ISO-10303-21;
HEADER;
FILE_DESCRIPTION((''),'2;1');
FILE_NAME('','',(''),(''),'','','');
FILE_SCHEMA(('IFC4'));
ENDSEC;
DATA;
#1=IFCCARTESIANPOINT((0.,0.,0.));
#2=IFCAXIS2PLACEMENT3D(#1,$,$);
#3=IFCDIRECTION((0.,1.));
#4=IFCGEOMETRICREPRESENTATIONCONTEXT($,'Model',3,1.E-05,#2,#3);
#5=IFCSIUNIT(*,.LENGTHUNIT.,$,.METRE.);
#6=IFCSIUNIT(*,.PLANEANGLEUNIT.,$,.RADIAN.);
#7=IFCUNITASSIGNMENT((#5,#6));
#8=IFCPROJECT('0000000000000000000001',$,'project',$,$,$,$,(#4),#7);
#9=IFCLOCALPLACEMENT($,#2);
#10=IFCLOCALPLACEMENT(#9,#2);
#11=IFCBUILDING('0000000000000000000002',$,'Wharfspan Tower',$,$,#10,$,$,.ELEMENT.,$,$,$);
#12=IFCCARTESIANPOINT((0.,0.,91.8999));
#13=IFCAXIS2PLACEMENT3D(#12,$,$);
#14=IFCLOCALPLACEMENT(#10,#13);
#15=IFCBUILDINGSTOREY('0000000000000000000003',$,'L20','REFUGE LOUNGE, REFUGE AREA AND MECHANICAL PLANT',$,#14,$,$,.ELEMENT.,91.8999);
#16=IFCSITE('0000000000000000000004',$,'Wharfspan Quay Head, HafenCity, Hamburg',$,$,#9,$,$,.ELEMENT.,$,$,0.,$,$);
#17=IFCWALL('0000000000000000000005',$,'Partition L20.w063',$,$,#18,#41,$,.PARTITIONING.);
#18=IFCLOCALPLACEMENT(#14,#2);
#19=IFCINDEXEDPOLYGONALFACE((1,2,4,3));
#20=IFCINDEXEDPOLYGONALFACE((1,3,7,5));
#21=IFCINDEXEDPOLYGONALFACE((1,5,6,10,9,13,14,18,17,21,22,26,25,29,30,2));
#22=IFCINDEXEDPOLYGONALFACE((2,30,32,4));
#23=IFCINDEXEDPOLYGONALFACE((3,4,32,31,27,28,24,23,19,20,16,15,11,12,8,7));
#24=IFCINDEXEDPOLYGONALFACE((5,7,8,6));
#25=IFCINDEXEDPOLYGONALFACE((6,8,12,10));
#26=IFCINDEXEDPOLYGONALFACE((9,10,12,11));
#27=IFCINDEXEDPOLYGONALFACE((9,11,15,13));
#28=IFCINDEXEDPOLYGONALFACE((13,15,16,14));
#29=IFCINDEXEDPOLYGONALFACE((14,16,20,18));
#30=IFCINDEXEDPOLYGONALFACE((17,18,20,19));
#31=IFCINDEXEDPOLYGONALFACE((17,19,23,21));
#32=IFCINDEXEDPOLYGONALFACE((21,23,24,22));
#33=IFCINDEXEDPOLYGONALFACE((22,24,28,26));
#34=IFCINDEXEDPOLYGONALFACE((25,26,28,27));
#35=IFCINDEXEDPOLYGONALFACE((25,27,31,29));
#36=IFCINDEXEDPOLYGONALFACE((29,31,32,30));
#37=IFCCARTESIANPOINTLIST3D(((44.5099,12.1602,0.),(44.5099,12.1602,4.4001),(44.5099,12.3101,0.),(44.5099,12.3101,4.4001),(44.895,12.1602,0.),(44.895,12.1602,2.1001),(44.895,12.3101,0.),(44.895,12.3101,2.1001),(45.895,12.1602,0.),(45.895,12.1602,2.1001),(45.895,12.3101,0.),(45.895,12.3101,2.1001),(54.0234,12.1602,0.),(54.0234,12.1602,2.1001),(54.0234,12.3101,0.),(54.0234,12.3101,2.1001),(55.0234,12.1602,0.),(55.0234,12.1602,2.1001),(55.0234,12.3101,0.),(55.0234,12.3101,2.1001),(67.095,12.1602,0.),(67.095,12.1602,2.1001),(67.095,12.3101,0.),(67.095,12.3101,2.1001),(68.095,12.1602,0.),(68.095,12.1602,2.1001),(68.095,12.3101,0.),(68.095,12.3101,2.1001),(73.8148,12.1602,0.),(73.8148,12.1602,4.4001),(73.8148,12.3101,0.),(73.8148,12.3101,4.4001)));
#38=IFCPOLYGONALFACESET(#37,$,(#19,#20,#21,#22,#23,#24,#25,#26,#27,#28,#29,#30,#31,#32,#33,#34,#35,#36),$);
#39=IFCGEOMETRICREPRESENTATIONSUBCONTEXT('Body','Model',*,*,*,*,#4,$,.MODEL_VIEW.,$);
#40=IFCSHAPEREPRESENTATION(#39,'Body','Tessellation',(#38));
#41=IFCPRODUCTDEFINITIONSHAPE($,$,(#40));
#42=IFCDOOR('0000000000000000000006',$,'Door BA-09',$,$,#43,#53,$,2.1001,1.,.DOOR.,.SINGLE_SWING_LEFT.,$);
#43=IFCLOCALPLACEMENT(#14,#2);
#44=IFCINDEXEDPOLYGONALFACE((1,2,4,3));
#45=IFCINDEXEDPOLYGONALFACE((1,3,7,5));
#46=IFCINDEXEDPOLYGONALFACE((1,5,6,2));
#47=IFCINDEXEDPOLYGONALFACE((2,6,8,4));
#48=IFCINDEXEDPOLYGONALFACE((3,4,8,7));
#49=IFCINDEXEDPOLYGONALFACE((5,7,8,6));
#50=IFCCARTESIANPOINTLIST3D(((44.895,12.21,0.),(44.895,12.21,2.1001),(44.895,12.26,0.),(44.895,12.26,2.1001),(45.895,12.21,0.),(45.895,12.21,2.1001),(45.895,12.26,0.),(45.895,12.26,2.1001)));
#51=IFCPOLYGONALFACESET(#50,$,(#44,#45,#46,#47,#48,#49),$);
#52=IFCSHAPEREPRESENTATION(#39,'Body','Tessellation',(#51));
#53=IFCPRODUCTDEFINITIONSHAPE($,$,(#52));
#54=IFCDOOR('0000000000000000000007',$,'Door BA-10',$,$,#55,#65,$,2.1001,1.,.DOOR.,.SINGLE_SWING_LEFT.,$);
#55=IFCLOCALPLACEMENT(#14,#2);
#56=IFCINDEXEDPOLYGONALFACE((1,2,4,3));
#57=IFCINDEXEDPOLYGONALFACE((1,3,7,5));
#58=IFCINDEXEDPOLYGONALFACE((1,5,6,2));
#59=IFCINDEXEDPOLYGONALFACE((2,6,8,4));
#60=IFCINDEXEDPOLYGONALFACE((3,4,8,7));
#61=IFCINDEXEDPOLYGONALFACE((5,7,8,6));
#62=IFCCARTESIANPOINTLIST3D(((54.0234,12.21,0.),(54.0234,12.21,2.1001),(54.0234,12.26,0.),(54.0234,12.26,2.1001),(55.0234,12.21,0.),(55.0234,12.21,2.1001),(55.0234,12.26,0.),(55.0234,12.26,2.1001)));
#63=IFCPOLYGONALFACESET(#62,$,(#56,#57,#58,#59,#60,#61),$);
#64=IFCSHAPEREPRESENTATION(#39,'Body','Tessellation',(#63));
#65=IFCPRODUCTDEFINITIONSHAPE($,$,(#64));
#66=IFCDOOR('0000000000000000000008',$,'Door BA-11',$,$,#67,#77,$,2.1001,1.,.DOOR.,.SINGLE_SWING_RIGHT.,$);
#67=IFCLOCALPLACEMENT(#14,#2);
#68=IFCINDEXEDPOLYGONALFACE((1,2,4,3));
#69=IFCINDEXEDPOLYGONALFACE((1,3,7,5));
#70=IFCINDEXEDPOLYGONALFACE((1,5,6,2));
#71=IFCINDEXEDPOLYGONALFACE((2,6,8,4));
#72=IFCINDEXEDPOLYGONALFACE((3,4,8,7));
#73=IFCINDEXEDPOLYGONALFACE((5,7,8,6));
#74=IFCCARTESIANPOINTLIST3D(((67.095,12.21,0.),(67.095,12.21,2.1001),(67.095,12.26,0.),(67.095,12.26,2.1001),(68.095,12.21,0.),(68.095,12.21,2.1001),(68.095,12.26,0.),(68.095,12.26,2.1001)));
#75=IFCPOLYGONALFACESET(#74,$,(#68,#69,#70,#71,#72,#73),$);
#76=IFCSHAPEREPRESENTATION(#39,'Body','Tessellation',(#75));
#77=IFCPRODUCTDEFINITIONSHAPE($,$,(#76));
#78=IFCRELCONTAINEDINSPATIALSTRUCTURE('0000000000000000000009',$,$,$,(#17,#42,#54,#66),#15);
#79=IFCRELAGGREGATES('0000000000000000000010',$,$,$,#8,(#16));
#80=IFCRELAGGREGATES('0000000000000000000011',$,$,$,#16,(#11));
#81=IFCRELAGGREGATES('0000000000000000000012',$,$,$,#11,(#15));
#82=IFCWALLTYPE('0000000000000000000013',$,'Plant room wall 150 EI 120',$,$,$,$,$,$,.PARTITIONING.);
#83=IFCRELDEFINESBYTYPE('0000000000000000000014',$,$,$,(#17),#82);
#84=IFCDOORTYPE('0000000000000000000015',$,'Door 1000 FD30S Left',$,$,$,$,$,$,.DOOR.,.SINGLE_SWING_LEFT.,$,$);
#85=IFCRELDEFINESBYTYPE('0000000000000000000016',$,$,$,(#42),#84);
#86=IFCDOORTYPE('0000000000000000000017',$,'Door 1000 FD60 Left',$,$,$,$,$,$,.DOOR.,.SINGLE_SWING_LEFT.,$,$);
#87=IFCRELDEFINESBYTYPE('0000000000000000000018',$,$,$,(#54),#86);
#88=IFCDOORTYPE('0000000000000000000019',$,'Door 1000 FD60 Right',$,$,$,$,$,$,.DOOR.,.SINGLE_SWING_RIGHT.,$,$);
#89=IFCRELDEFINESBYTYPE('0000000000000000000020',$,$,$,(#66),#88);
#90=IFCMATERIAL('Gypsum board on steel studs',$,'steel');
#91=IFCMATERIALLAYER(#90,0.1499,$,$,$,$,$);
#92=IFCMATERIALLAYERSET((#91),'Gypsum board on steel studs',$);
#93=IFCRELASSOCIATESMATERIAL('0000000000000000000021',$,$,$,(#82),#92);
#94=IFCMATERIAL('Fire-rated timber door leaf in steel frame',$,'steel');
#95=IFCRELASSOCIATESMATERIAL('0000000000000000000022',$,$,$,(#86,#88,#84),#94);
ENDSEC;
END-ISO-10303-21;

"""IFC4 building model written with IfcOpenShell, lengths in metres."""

from ifc_helpers import new_model, si_unit, direction, frame, frame_2d, origin, place, context, subcontext, project, spatial, rectangle, extrude, material, layer, layer_set, type_object, element, fill, save


model = new_model("IFC4")

# Units and contexts
model_context = context("Model", 3, precision=1e-05, world=origin(), true_north=direction((0.0, 1.0)))
body_context = subcontext(model_context, "Body", "Model", "MODEL_VIEW")
ifc_project = project(units=[si_unit("LENGTHUNIT", "METRE"), si_unit("PLANEANGLEUNIT", "RADIAN")], contexts=[model_context])

# Site, building, storey
site_placement = place(None, origin())
site = spatial("IfcSite", under=ifc_project, at=site_placement, Name="Wharfspan Quay Head, HafenCity, Hamburg", CompositionType="ELEMENT", RefElevation=0.0)
building_placement = place(site_placement, origin())
building = spatial("IfcBuilding", under=site, at=building_placement, Name="Wharfspan Tower", CompositionType="ELEMENT")
storey_placement = place(building_placement, frame((0.0, 0.0, 91.8999)))
storey = spatial("IfcBuildingStorey", under=building, at=storey_placement, Name="L20", Description="REFUGE LOUNGE, REFUGE AREA AND MECHANICAL PLANT", CompositionType="ELEMENT", Elevation=91.8999)

# Shared definitions
ifc_material_1 = material(Name="Gypsum board on steel studs", Category="steel")
ifc_material_2 = material(Name="Fire-rated timber door leaf in steel frame", Category="steel")

# Shared definitions
ifc_layer_1 = layer(ifc_material_1, 0.1499)
ifc_layer_set_1 = layer_set([ifc_layer_1], Name="Gypsum board on steel studs")
wall_type_1 = type_object("IfcWallType", Name="Plant room wall 150 EI 120", PredefinedType="PARTITIONING", material=ifc_layer_set_1)

# Shared definitions
door_type_1 = type_object("IfcDoorType", Name="Door 1000 FD60 Left", OperationType="SINGLE_SWING_LEFT", PredefinedType="DOOR", material=ifc_material_2)

# Shared definitions
door_type_2 = type_object("IfcDoorType", Name="Door 1000 FD60 Right", OperationType="SINGLE_SWING_RIGHT", PredefinedType="DOOR", material=ifc_material_2)

# Wall, openings, doors
wall_1_placement = place(storey_placement, frame((44.51, 12.2351, 0.0), z_axis=(0.0, 0.0, 1.0), x_axis=(1.0, 0.0, 0.0)))
wall_1 = element("IfcWall", 1, at=wall_1_placement, inside=storey, type_object=wall_type_1, Name="Partition L20.w063", PredefinedType="PARTITIONING", context=body_context, shape_type="SweptSolid", body=[
    extrude(rectangle(XDim=29.3049, YDim=0.1499, at=frame_2d((14.6523, 0.0))), origin(), (0.0, 0.0, 1.0), 4.4001),
])
opening_1_placement = place(wall_1_placement, frame((0.385, 0.0, 0.0)))
opening_1 = element("IfcOpeningElement", 2, at=opening_1_placement, cuts=wall_1, PredefinedType="OPENING", context=body_context, shape_type="SweptSolid", body=[
    extrude(rectangle(XDim=1.0, YDim=2.1001, at=frame_2d((0.5, 1.05))), frame((0.0, 0.085, 0.0), z_axis=(0.0, -1.0, 0.0), x_axis=(1.0, 0.0, 0.0)), (0.0, 0.0, 1.0), 0.1699),
])
opening_2_placement = place(wall_1_placement, frame((9.5134, 0.0, 0.0)))
opening_2 = element("IfcOpeningElement", 3, at=opening_2_placement, cuts=wall_1, PredefinedType="OPENING", context=body_context, shape_type="SweptSolid", body=[
    extrude(rectangle(XDim=1.0, YDim=2.1001, at=frame_2d((0.5, 1.05))), frame((0.0, 0.085, 0.0), z_axis=(0.0, -1.0, 0.0), x_axis=(1.0, 0.0, 0.0)), (0.0, 0.0, 1.0), 0.1699),
])
opening_3_placement = place(wall_1_placement, frame((22.585, 0.0, 0.0)))
opening_3 = element("IfcOpeningElement", 4, at=opening_3_placement, cuts=wall_1, PredefinedType="OPENING", context=body_context, shape_type="SweptSolid", body=[
    extrude(rectangle(XDim=1.0, YDim=2.1001, at=frame_2d((0.5, 1.05))), frame((0.0, 0.085, 0.0), z_axis=(0.0, -1.0, 0.0), x_axis=(1.0, 0.0, 0.0)), (0.0, 0.0, 1.0), 0.1699),
])
door_type_3 = type_object("IfcDoorType", Name="Door 1000 FD30S Left", OperationType="SINGLE_SWING_LEFT", PredefinedType="DOOR", material=ifc_material_2)
door_1_placement = place(opening_1_placement, origin())
door_1 = element("IfcDoor", 5, at=door_1_placement, inside=storey, type_object=door_type_3, Name="Door BA-09", OperationType="SINGLE_SWING_LEFT", OverallHeight=2.1001, OverallWidth=1.0, PredefinedType="DOOR", context=body_context, shape_type="SweptSolid", body=[
    extrude(rectangle(XDim=1.0, YDim=2.1001, at=frame_2d((0.5, 1.05))), frame((0.0, 0.0249, 0.0), z_axis=(0.0, -1.0, 0.0), x_axis=(1.0, 0.0, 0.0)), (0.0, 0.0, 1.0), 0.05),
])
fill(opening_1, door_1)
door_2_placement = place(opening_2_placement, origin())
door_2 = element("IfcDoor", 6, at=door_2_placement, inside=storey, type_object=door_type_1, Name="Door BA-10", OperationType="SINGLE_SWING_LEFT", OverallHeight=2.1001, OverallWidth=1.0, PredefinedType="DOOR", context=body_context, shape_type="SweptSolid", body=[
    extrude(rectangle(XDim=1.0, YDim=2.1001, at=frame_2d((0.5, 1.05))), frame((0.0, 0.0249, 0.0), z_axis=(0.0, -1.0, 0.0), x_axis=(1.0, 0.0, 0.0)), (0.0, 0.0, 1.0), 0.05),
])
fill(opening_2, door_2)
door_3_placement = place(opening_3_placement, origin())
door_3 = element("IfcDoor", 7, at=door_3_placement, inside=storey, type_object=door_type_2, Name="Door BA-11", OperationType="SINGLE_SWING_RIGHT", OverallHeight=2.1001, OverallWidth=1.0, PredefinedType="DOOR", context=body_context, shape_type="SweptSolid", body=[
    extrude(rectangle(XDim=1.0, YDim=2.1001, at=frame_2d((0.5, 1.05))), frame((0.0, 0.0249, 0.0), z_axis=(0.0, -1.0, 0.0), x_axis=(1.0, 0.0, 0.0)), (0.0, 0.0, 1.0), 0.05),
])
fill(opening_3, door_3)

save(model, "model.ifc")
